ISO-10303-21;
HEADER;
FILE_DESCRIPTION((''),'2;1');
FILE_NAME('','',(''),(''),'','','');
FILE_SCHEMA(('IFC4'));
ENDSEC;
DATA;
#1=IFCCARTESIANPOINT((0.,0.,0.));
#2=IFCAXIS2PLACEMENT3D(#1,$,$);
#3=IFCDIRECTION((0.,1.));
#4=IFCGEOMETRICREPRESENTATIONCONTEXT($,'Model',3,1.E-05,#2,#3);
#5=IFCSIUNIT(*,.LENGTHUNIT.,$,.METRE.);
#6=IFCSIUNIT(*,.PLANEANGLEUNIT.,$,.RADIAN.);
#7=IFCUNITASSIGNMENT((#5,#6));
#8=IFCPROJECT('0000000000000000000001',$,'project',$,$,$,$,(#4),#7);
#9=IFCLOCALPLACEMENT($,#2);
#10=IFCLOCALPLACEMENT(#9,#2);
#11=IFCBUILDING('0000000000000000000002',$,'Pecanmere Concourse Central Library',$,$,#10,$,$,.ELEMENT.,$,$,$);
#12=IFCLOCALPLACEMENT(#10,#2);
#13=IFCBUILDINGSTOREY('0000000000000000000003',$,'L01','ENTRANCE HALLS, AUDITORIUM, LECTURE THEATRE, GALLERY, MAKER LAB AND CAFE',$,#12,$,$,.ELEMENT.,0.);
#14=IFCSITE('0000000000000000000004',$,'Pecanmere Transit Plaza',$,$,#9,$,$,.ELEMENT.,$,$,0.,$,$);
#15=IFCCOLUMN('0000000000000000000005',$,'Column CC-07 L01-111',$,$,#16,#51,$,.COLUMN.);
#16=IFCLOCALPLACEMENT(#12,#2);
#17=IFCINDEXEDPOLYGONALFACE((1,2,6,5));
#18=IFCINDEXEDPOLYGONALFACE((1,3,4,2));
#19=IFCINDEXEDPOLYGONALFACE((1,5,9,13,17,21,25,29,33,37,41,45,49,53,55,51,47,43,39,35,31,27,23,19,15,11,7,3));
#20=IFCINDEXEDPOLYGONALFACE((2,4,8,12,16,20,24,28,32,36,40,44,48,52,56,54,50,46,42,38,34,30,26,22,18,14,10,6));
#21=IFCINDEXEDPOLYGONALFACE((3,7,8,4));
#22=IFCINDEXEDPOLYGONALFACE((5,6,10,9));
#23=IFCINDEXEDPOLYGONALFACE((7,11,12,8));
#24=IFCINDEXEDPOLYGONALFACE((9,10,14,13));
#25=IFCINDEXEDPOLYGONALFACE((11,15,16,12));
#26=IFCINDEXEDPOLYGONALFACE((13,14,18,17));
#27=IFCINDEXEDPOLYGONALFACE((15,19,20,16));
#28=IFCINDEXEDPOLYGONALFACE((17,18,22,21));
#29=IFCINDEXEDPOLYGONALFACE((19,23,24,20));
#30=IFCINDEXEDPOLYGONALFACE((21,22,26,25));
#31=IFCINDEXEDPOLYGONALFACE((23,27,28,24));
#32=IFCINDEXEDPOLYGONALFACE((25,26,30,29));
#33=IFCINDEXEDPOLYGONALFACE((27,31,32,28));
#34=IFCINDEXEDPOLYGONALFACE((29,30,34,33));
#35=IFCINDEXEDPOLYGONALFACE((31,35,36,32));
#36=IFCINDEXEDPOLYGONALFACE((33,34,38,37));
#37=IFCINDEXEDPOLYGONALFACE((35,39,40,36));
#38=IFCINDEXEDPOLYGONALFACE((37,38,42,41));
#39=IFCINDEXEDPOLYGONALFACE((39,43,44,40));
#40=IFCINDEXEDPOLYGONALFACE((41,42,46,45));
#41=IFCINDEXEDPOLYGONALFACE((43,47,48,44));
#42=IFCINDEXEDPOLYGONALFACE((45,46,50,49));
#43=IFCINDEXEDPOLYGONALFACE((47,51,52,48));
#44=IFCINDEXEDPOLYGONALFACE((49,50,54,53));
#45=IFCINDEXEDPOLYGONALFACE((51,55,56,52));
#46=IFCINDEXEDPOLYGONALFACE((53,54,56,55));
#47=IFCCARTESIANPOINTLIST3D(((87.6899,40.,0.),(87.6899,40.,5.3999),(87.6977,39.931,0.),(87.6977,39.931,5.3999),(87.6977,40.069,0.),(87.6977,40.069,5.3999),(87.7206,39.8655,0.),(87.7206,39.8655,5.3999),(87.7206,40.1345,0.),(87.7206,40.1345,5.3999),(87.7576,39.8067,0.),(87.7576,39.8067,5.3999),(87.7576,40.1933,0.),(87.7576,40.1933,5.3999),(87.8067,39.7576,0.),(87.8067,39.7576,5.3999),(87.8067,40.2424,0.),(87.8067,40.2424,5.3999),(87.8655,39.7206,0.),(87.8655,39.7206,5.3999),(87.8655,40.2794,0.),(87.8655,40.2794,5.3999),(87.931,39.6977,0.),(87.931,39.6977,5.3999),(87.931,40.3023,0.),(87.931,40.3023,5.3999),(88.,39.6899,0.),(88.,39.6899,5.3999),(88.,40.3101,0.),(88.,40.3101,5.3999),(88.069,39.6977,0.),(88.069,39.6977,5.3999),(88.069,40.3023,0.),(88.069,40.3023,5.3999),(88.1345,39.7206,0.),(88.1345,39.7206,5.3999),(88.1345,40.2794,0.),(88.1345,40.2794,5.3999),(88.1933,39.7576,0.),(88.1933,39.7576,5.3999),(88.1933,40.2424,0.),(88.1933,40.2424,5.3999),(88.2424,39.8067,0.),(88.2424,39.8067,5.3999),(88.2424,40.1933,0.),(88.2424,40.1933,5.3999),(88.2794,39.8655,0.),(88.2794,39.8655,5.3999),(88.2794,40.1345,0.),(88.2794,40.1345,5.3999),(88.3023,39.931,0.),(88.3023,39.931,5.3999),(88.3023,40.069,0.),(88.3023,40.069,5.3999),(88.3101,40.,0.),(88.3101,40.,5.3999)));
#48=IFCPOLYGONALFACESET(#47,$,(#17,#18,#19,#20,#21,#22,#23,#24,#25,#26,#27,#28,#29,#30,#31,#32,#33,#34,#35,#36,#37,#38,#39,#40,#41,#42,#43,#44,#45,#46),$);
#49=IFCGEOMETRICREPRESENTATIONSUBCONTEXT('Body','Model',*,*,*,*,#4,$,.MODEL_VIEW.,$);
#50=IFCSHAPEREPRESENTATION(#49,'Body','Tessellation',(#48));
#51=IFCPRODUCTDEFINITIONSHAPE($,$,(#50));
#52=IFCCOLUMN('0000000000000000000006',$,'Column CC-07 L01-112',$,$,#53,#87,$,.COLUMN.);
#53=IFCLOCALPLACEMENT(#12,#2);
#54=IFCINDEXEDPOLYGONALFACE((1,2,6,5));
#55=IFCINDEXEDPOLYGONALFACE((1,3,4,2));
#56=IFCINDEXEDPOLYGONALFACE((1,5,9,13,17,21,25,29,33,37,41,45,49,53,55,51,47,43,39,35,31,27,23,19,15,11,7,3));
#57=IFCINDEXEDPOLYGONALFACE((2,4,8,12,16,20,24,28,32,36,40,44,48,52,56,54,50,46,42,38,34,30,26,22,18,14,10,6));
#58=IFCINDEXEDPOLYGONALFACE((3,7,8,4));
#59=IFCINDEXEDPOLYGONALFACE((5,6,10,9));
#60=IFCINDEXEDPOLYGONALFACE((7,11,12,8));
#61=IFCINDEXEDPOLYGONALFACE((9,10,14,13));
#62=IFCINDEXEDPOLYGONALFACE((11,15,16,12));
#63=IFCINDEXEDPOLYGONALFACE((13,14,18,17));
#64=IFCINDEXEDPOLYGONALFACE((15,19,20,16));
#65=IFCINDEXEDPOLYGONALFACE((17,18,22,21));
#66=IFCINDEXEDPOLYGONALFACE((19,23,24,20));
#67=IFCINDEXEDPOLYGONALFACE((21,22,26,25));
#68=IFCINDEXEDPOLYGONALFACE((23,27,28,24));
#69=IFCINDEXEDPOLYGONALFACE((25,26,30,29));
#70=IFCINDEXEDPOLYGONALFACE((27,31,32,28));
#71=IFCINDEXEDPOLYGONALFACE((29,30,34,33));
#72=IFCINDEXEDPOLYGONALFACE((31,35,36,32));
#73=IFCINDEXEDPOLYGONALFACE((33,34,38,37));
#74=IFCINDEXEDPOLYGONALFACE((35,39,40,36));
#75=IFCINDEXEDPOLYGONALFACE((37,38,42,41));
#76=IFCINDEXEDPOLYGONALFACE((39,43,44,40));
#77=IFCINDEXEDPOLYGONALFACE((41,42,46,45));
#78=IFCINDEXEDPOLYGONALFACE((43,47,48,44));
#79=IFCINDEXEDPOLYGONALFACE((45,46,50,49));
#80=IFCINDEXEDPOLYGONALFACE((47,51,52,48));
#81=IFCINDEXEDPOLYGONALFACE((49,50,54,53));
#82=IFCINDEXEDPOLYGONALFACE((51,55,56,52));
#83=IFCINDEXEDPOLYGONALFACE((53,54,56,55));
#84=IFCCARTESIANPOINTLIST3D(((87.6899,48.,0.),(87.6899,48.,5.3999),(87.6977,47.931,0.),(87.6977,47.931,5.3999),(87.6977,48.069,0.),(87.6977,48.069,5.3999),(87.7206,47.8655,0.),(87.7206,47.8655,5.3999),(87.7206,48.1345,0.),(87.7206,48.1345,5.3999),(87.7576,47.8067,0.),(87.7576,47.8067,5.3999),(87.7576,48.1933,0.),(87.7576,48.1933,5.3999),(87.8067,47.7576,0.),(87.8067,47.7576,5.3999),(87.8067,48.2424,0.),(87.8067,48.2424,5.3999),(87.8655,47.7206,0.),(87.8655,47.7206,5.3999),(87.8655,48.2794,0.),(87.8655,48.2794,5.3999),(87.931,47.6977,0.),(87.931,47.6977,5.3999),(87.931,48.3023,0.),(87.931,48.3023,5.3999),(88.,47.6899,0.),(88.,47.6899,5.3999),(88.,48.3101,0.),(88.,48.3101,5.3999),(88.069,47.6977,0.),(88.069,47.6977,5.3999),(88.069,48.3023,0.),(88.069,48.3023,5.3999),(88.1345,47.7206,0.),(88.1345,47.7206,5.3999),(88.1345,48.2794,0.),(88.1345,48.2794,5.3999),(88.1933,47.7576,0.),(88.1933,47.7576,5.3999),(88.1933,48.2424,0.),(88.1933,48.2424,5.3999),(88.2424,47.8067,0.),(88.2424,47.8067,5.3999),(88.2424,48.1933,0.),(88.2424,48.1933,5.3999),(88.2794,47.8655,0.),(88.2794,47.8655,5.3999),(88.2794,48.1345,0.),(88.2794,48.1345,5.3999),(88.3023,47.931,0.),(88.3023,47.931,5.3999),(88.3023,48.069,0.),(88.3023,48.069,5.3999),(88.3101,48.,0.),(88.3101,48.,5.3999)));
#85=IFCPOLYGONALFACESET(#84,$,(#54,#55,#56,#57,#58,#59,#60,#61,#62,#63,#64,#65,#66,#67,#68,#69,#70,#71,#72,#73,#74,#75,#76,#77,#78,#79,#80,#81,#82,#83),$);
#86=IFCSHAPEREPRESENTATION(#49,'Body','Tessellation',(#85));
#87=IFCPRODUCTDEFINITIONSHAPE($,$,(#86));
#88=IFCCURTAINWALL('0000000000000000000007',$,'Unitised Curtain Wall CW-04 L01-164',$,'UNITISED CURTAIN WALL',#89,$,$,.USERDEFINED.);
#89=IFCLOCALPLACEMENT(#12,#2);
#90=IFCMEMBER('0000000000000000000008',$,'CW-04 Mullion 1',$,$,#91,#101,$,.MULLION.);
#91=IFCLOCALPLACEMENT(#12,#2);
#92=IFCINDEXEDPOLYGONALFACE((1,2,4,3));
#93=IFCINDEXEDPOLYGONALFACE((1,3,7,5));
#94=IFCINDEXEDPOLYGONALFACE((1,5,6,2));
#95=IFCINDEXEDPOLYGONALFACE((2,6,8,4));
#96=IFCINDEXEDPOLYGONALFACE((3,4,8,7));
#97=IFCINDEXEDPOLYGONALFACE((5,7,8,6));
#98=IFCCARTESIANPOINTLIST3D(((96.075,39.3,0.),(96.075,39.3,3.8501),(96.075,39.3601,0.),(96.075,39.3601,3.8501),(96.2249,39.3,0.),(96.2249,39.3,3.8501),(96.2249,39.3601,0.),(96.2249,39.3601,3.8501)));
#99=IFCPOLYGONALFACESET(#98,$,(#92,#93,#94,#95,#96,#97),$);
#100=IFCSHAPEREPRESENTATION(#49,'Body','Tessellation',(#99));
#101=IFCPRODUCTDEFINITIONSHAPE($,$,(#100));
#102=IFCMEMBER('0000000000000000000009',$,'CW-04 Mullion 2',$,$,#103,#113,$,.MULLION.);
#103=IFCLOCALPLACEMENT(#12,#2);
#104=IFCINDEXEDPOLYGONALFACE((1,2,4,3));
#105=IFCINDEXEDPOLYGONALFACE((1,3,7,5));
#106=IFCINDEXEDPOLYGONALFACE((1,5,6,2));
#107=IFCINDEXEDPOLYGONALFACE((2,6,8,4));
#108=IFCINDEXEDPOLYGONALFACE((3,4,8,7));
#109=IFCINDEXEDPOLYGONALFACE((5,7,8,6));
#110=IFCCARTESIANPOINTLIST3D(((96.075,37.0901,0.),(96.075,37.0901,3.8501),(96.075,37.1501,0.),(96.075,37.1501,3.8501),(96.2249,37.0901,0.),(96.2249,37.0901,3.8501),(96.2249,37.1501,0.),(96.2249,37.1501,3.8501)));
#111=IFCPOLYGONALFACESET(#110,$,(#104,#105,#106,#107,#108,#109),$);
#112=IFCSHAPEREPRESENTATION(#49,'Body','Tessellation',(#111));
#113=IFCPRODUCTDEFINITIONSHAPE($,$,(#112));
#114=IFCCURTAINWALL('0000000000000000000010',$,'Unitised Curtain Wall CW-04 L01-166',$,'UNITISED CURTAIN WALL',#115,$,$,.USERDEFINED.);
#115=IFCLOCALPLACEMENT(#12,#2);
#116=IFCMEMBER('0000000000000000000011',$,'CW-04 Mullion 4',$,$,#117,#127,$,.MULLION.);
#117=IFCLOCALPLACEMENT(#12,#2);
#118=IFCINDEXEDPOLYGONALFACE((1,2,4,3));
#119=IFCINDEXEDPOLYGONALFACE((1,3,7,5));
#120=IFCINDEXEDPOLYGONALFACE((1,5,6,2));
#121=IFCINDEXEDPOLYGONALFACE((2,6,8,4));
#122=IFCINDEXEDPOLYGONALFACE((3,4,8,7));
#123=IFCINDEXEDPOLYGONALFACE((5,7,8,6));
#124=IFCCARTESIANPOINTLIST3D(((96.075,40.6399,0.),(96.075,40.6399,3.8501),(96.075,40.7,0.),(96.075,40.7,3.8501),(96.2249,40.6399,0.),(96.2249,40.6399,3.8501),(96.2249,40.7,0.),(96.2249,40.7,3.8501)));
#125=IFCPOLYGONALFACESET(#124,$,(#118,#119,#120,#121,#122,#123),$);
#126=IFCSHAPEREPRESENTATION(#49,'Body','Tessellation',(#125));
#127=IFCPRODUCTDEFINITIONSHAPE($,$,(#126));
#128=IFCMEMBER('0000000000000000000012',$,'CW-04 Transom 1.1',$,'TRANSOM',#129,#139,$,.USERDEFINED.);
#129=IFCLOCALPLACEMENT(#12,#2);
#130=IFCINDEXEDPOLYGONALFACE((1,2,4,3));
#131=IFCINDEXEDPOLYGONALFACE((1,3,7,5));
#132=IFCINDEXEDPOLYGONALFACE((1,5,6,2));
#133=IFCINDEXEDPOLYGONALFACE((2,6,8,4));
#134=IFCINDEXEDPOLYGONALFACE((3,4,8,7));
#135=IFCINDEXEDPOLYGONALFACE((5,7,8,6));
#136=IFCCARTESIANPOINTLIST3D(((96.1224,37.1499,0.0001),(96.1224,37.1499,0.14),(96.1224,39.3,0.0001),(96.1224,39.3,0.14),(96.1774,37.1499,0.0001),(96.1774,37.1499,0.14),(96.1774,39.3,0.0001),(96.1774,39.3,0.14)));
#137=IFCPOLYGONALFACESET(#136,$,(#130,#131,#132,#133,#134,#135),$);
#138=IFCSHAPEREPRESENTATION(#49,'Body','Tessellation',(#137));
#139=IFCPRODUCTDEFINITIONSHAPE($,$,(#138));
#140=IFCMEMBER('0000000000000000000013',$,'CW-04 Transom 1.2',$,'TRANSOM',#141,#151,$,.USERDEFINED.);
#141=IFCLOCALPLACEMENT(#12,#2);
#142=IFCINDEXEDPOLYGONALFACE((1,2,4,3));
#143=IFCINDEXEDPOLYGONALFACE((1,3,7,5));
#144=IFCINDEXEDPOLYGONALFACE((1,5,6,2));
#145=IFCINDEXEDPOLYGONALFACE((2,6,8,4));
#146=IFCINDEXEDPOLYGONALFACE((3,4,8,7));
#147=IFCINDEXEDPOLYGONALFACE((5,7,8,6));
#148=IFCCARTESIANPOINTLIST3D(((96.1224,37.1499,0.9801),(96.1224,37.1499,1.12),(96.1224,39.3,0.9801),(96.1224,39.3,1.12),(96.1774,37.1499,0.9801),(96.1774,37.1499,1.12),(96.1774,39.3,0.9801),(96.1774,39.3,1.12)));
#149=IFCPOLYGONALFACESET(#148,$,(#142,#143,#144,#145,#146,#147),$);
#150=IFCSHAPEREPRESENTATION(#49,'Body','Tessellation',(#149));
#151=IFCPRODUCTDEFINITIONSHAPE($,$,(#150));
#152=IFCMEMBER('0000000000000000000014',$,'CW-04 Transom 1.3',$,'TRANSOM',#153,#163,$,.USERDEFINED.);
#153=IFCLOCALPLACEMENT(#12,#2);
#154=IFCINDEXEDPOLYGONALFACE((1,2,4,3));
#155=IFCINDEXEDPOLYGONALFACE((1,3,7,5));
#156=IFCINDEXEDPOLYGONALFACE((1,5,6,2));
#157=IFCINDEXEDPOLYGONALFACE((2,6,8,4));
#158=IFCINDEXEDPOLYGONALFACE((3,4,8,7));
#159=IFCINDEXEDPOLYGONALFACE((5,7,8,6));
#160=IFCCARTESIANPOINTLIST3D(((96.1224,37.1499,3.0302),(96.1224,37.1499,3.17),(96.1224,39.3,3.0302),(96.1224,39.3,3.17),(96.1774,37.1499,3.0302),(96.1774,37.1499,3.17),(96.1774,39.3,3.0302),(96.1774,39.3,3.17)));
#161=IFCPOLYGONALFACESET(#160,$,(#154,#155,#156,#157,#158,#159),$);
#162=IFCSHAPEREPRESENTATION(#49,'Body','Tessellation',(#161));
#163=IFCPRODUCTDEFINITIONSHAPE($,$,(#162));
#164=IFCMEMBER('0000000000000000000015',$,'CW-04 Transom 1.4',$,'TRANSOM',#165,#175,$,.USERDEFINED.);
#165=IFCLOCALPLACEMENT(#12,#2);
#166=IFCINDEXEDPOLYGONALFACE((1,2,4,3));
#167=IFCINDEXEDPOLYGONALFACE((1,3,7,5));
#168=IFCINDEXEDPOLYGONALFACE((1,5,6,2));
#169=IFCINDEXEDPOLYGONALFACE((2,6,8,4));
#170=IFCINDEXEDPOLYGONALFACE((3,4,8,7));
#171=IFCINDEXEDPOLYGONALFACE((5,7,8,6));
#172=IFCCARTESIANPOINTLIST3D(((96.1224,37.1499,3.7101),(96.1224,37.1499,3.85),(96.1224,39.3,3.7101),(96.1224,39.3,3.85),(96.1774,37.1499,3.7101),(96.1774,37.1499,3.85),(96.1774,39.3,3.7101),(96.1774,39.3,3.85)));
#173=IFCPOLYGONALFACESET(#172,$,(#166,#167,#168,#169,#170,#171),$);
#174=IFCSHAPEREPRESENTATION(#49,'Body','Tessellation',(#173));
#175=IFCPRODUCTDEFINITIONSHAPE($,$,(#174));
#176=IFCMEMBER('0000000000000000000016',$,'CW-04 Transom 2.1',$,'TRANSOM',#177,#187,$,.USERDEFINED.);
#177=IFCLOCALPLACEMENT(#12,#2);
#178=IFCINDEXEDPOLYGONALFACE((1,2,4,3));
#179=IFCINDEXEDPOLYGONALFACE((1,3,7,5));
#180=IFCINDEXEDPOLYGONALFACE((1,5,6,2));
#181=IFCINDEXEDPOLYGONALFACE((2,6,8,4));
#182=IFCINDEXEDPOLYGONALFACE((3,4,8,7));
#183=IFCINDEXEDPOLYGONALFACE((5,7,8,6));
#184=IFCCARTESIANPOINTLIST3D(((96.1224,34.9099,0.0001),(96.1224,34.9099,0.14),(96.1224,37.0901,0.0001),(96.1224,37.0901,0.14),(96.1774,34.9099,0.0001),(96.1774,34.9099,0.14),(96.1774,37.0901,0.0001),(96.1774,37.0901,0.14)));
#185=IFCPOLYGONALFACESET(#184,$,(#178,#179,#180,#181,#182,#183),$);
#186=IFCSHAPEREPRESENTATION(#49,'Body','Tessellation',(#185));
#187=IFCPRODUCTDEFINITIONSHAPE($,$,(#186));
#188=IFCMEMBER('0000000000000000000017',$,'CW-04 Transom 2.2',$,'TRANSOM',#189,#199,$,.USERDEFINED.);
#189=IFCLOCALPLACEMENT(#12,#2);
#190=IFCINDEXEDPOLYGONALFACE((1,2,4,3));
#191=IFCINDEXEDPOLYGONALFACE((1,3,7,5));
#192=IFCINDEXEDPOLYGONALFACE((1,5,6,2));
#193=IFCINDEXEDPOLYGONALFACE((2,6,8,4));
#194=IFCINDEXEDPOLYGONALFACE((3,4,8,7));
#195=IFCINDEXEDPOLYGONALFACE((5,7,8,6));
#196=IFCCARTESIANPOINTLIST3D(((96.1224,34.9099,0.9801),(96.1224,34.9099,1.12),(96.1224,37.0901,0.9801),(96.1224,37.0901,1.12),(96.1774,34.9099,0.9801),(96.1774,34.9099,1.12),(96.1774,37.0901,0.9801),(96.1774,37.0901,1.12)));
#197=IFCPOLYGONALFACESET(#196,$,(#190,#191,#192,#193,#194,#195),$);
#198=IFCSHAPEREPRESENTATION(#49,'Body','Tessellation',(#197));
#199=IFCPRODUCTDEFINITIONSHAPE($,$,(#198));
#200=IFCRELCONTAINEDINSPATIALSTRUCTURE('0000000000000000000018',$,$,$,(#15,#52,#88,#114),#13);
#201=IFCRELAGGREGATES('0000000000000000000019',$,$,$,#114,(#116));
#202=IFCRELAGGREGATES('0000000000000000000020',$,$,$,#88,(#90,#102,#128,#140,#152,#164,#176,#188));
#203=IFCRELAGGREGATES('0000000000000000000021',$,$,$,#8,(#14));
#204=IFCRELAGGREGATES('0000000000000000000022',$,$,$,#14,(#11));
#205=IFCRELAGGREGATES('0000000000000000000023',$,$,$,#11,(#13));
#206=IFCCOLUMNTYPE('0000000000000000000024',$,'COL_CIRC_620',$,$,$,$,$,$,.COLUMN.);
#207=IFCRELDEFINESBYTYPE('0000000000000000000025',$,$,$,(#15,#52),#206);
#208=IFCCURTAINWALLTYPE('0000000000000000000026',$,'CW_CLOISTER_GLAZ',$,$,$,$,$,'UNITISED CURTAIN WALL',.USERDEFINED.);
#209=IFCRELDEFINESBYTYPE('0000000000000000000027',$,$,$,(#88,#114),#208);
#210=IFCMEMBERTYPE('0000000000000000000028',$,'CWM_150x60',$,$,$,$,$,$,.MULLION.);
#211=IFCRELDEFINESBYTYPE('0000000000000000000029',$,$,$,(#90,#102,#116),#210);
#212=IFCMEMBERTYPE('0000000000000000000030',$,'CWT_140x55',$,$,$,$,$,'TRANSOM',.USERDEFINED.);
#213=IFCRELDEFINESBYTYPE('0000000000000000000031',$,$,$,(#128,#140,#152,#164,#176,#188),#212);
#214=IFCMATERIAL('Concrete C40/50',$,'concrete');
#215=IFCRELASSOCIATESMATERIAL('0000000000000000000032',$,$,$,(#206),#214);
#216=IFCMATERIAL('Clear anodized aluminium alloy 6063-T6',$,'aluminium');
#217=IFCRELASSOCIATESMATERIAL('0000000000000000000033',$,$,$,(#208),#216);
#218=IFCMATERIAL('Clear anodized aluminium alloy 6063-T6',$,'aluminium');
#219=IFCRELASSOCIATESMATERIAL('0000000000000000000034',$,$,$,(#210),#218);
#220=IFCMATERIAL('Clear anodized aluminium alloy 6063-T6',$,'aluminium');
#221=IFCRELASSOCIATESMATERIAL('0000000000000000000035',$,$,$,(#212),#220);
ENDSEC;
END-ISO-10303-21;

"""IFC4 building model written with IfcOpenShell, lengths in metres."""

from ifc_helpers import new_model, si_unit, direction, frame, origin, origin_2d, place, context, subcontext, project, spatial, rectangle, circle, extrude, material, material_profile, profile_set, type_object, element, aggregate, save


model = new_model("IFC4")

# Units and contexts
model_context = context("Model", 3, precision=1e-05, world=origin(), true_north=direction((0.0, 1.0)))
body_context = subcontext(model_context, "Body", "Model", "MODEL_VIEW")
ifc_project = project(units=[si_unit("LENGTHUNIT", "METRE"), si_unit("PLANEANGLEUNIT", "RADIAN")], contexts=[model_context])

# Site, building, storey
site_placement = place(None, origin())
site = spatial("IfcSite", under=ifc_project, at=site_placement, Name="Pecanmere Transit Plaza", CompositionType="ELEMENT", RefElevation=0.0)
building_placement = place(site_placement, origin())
building = spatial("IfcBuilding", under=site, at=building_placement, Name="Pecanmere Concourse Central Library", CompositionType="ELEMENT")
storey_placement = place(building_placement, origin())
storey = spatial("IfcBuildingStorey", under=building, at=storey_placement, Name="L01", Description="ENTRANCE HALLS, AUDITORIUM, LECTURE THEATRE, GALLERY, MAKER LAB AND CAFE", CompositionType="ELEMENT", Elevation=0.0)

# Columns
ifc_material_1 = material(Name="Concrete C40/50", Category="concrete")
ifc_material_profile_1 = material_profile(ifc_material_1, circle(Radius=0.3101, at=origin_2d()), Name="RC D620")
ifc_profile_set_1 = profile_set([ifc_material_profile_1], Name="Concrete C40/50")
column_type_1 = type_object("IfcColumnType", Name="COL_CIRC_620", PredefinedType="COLUMN", material=ifc_profile_set_1)
for number, where, z_axis, x_axis, name in (
    (1, (88.0, 40.0, 0.0), (0.0, 0.0, 1.0), (1.0, 0.0, 0.0), "Column CC-07 L01-111"),
    (2, (88.0, 48.0, 0.0), (0.0, 0.0, 1.0), (1.0, 0.0, 0.0), "Column CC-07 L01-112"),
):
    element("IfcColumn", number, at=place(storey_placement, frame(where, z_axis=z_axis, x_axis=x_axis)), inside=storey, type_object=column_type_1, Name=name, PredefinedType="COLUMN", context=body_context, shape_type="SweptSolid", body=[
        extrude(circle(Radius=0.3101, at=origin_2d()), origin(), (0.0, 0.0, 1.0), 5.3999),
    ])

# Curtain wall, members
ifc_material_2 = material(Name="Clear anodized aluminium alloy 6063-T6", Category="aluminium")
curtain_wall_type = type_object("IfcCurtainWallType", Name="CW_CLOISTER_GLAZ", ElementType="UNITISED CURTAIN WALL", PredefinedType="USERDEFINED", material=ifc_material_2)
curtain_wall_1_placement = place(storey_placement, origin())
curtain_wall_1 = element("IfcCurtainWall", 3, at=curtain_wall_1_placement, inside=storey, type_object=curtain_wall_type, Name="Unitised Curtain Wall CW-04 L01-164", ObjectType="UNITISED CURTAIN WALL", PredefinedType="USERDEFINED")
ifc_material_3 = material(Name="Clear anodized aluminium alloy 6063-T6", Category="aluminium")
ifc_material_profile_2 = material_profile(ifc_material_3, rectangle(XDim=0.0601, YDim=0.1499, at=origin_2d()), Name="AL 60x150")
ifc_profile_set_2 = profile_set([ifc_material_profile_2], Name="Clear anodized aluminium alloy 6063-T6")
member_type_1 = type_object("IfcMemberType", Name="CWM_150x60", PredefinedType="MULLION", material=ifc_profile_set_2)
member_1_placement = place(storey_placement, frame((96.1499, 39.3301, 0.0), z_axis=(0.0, 0.0, 1.0), x_axis=(0.0, -1.0, 0.0)))
member_1 = element("IfcMember", 4, at=member_1_placement, type_object=member_type_1, Name="CW-04 Mullion 1", PredefinedType="MULLION", context=body_context, shape_type="SweptSolid", body=[
    extrude(rectangle(XDim=0.0601, YDim=0.1499, at=origin_2d()), origin(), (0.0, 0.0, 1.0), 3.8501),
])
member_2_placement = place(storey_placement, frame((96.1499, 37.1201, 0.0), z_axis=(0.0, 0.0, 1.0), x_axis=(0.0, -1.0, 0.0)))
member_2 = element("IfcMember", 5, at=member_2_placement, type_object=member_type_1, Name="CW-04 Mullion 2", PredefinedType="MULLION", context=body_context, shape_type="SweptSolid", body=[
    extrude(rectangle(XDim=0.0601, YDim=0.1499, at=origin_2d()), origin(), (0.0, 0.0, 1.0), 3.8501),
])

# Curtain wall, member
curtain_wall_2_placement = place(storey_placement, origin())
curtain_wall_2 = element("IfcCurtainWall", 6, at=curtain_wall_2_placement, inside=storey, type_object=curtain_wall_type, Name="Unitised Curtain Wall CW-04 L01-166", ObjectType="UNITISED CURTAIN WALL", PredefinedType="USERDEFINED")
member_3_placement = place(storey_placement, frame((96.1499, 40.6699, 0.0), z_axis=(0.0, 0.0, 1.0), x_axis=(0.0, -1.0, 0.0)))
member_3 = element("IfcMember", 7, at=member_3_placement, type_object=member_type_1, Name="CW-04 Mullion 4", PredefinedType="MULLION", context=body_context, shape_type="SweptSolid", body=[
    extrude(rectangle(XDim=0.0601, YDim=0.1499, at=origin_2d()), origin(), (0.0, 0.0, 1.0), 3.8501),
])
aggregate(curtain_wall_2, [member_3])

# Members
ifc_material_4 = material(Name="Clear anodized aluminium alloy 6063-T6", Category="aluminium")
ifc_material_profile_3 = material_profile(ifc_material_4, rectangle(XDim=0.0549, YDim=0.1399, at=origin_2d()), Name="AL 55x140")
ifc_profile_set_3 = profile_set([ifc_material_profile_3], Name="Clear anodized aluminium alloy 6063-T6")
member_type_2 = type_object("IfcMemberType", Name="CWT_140x55", ElementType="TRANSOM", PredefinedType="USERDEFINED", material=ifc_profile_set_3)
member_4_placement = place(storey_placement, frame((96.1499, 39.3, 0.0701), z_axis=(0.0, -1.0, 0.0), x_axis=(1.0, 0.0, 0.0)))
member_4 = element("IfcMember", 8, at=member_4_placement, type_object=member_type_2, Name="CW-04 Transom 1.1", ObjectType="TRANSOM", PredefinedType="USERDEFINED", context=body_context, shape_type="SweptSolid", body=[
    extrude(rectangle(XDim=0.0549, YDim=0.1399, at=origin_2d()), origin(), (0.0, 0.0, 1.0), 2.1501),
])
member_5_placement = place(storey_placement, frame((96.1499, 39.3, 1.05), z_axis=(0.0, -1.0, 0.0), x_axis=(1.0, 0.0, 0.0)))
member_5 = element("IfcMember", 9, at=member_5_placement, type_object=member_type_2, Name="CW-04 Transom 1.2", ObjectType="TRANSOM", PredefinedType="USERDEFINED", context=body_context, shape_type="SweptSolid", body=[
    extrude(rectangle(XDim=0.0549, YDim=0.1399, at=origin_2d()), origin(), (0.0, 0.0, 1.0), 2.1501),
])
member_6_placement = place(storey_placement, frame((96.1499, 39.3, 3.1001), z_axis=(0.0, -1.0, 0.0), x_axis=(1.0, 0.0, 0.0)))
member_6 = element("IfcMember", 10, at=member_6_placement, type_object=member_type_2, Name="CW-04 Transom 1.3", ObjectType="TRANSOM", PredefinedType="USERDEFINED", context=body_context, shape_type="SweptSolid", body=[
    extrude(rectangle(XDim=0.0549, YDim=0.1399, at=origin_2d()), origin(), (0.0, 0.0, 1.0), 2.1501),
])
member_7_placement = place(storey_placement, frame((96.1499, 39.3, 3.78), z_axis=(0.0, -1.0, 0.0), x_axis=(1.0, 0.0, 0.0)))
member_7 = element("IfcMember", 11, at=member_7_placement, type_object=member_type_2, Name="CW-04 Transom 1.4", ObjectType="TRANSOM", PredefinedType="USERDEFINED", context=body_context, shape_type="SweptSolid", body=[
    extrude(rectangle(XDim=0.0549, YDim=0.1399, at=origin_2d()), origin(), (0.0, 0.0, 1.0), 2.1501),
])
member_8_placement = place(storey_placement, frame((96.1499, 37.0901, 0.0701), z_axis=(0.0, -1.0, 0.0), x_axis=(1.0, 0.0, 0.0)))
member_8 = element("IfcMember", 12, at=member_8_placement, type_object=member_type_2, Name="CW-04 Transom 2.1", ObjectType="TRANSOM", PredefinedType="USERDEFINED", context=body_context, shape_type="SweptSolid", body=[
    extrude(rectangle(XDim=0.0549, YDim=0.1399, at=origin_2d()), origin(), (0.0, 0.0, 1.0), 2.1802),
])
member_9_placement = place(storey_placement, frame((96.1499, 37.0901, 1.05), z_axis=(0.0, -1.0, 0.0), x_axis=(1.0, 0.0, 0.0)))
member_9 = element("IfcMember", 13, at=member_9_placement, type_object=member_type_2, Name="CW-04 Transom 2.2", ObjectType="TRANSOM", PredefinedType="USERDEFINED", context=body_context, shape_type="SweptSolid", body=[
    extrude(rectangle(XDim=0.0549, YDim=0.1399, at=origin_2d()), origin(), (0.0, 0.0, 1.0), 2.1802),
])

aggregate(curtain_wall_1, [member_1, member_2, member_4, member_5, member_6, member_7, member_8, member_9])

save(model, "model.ifc")
